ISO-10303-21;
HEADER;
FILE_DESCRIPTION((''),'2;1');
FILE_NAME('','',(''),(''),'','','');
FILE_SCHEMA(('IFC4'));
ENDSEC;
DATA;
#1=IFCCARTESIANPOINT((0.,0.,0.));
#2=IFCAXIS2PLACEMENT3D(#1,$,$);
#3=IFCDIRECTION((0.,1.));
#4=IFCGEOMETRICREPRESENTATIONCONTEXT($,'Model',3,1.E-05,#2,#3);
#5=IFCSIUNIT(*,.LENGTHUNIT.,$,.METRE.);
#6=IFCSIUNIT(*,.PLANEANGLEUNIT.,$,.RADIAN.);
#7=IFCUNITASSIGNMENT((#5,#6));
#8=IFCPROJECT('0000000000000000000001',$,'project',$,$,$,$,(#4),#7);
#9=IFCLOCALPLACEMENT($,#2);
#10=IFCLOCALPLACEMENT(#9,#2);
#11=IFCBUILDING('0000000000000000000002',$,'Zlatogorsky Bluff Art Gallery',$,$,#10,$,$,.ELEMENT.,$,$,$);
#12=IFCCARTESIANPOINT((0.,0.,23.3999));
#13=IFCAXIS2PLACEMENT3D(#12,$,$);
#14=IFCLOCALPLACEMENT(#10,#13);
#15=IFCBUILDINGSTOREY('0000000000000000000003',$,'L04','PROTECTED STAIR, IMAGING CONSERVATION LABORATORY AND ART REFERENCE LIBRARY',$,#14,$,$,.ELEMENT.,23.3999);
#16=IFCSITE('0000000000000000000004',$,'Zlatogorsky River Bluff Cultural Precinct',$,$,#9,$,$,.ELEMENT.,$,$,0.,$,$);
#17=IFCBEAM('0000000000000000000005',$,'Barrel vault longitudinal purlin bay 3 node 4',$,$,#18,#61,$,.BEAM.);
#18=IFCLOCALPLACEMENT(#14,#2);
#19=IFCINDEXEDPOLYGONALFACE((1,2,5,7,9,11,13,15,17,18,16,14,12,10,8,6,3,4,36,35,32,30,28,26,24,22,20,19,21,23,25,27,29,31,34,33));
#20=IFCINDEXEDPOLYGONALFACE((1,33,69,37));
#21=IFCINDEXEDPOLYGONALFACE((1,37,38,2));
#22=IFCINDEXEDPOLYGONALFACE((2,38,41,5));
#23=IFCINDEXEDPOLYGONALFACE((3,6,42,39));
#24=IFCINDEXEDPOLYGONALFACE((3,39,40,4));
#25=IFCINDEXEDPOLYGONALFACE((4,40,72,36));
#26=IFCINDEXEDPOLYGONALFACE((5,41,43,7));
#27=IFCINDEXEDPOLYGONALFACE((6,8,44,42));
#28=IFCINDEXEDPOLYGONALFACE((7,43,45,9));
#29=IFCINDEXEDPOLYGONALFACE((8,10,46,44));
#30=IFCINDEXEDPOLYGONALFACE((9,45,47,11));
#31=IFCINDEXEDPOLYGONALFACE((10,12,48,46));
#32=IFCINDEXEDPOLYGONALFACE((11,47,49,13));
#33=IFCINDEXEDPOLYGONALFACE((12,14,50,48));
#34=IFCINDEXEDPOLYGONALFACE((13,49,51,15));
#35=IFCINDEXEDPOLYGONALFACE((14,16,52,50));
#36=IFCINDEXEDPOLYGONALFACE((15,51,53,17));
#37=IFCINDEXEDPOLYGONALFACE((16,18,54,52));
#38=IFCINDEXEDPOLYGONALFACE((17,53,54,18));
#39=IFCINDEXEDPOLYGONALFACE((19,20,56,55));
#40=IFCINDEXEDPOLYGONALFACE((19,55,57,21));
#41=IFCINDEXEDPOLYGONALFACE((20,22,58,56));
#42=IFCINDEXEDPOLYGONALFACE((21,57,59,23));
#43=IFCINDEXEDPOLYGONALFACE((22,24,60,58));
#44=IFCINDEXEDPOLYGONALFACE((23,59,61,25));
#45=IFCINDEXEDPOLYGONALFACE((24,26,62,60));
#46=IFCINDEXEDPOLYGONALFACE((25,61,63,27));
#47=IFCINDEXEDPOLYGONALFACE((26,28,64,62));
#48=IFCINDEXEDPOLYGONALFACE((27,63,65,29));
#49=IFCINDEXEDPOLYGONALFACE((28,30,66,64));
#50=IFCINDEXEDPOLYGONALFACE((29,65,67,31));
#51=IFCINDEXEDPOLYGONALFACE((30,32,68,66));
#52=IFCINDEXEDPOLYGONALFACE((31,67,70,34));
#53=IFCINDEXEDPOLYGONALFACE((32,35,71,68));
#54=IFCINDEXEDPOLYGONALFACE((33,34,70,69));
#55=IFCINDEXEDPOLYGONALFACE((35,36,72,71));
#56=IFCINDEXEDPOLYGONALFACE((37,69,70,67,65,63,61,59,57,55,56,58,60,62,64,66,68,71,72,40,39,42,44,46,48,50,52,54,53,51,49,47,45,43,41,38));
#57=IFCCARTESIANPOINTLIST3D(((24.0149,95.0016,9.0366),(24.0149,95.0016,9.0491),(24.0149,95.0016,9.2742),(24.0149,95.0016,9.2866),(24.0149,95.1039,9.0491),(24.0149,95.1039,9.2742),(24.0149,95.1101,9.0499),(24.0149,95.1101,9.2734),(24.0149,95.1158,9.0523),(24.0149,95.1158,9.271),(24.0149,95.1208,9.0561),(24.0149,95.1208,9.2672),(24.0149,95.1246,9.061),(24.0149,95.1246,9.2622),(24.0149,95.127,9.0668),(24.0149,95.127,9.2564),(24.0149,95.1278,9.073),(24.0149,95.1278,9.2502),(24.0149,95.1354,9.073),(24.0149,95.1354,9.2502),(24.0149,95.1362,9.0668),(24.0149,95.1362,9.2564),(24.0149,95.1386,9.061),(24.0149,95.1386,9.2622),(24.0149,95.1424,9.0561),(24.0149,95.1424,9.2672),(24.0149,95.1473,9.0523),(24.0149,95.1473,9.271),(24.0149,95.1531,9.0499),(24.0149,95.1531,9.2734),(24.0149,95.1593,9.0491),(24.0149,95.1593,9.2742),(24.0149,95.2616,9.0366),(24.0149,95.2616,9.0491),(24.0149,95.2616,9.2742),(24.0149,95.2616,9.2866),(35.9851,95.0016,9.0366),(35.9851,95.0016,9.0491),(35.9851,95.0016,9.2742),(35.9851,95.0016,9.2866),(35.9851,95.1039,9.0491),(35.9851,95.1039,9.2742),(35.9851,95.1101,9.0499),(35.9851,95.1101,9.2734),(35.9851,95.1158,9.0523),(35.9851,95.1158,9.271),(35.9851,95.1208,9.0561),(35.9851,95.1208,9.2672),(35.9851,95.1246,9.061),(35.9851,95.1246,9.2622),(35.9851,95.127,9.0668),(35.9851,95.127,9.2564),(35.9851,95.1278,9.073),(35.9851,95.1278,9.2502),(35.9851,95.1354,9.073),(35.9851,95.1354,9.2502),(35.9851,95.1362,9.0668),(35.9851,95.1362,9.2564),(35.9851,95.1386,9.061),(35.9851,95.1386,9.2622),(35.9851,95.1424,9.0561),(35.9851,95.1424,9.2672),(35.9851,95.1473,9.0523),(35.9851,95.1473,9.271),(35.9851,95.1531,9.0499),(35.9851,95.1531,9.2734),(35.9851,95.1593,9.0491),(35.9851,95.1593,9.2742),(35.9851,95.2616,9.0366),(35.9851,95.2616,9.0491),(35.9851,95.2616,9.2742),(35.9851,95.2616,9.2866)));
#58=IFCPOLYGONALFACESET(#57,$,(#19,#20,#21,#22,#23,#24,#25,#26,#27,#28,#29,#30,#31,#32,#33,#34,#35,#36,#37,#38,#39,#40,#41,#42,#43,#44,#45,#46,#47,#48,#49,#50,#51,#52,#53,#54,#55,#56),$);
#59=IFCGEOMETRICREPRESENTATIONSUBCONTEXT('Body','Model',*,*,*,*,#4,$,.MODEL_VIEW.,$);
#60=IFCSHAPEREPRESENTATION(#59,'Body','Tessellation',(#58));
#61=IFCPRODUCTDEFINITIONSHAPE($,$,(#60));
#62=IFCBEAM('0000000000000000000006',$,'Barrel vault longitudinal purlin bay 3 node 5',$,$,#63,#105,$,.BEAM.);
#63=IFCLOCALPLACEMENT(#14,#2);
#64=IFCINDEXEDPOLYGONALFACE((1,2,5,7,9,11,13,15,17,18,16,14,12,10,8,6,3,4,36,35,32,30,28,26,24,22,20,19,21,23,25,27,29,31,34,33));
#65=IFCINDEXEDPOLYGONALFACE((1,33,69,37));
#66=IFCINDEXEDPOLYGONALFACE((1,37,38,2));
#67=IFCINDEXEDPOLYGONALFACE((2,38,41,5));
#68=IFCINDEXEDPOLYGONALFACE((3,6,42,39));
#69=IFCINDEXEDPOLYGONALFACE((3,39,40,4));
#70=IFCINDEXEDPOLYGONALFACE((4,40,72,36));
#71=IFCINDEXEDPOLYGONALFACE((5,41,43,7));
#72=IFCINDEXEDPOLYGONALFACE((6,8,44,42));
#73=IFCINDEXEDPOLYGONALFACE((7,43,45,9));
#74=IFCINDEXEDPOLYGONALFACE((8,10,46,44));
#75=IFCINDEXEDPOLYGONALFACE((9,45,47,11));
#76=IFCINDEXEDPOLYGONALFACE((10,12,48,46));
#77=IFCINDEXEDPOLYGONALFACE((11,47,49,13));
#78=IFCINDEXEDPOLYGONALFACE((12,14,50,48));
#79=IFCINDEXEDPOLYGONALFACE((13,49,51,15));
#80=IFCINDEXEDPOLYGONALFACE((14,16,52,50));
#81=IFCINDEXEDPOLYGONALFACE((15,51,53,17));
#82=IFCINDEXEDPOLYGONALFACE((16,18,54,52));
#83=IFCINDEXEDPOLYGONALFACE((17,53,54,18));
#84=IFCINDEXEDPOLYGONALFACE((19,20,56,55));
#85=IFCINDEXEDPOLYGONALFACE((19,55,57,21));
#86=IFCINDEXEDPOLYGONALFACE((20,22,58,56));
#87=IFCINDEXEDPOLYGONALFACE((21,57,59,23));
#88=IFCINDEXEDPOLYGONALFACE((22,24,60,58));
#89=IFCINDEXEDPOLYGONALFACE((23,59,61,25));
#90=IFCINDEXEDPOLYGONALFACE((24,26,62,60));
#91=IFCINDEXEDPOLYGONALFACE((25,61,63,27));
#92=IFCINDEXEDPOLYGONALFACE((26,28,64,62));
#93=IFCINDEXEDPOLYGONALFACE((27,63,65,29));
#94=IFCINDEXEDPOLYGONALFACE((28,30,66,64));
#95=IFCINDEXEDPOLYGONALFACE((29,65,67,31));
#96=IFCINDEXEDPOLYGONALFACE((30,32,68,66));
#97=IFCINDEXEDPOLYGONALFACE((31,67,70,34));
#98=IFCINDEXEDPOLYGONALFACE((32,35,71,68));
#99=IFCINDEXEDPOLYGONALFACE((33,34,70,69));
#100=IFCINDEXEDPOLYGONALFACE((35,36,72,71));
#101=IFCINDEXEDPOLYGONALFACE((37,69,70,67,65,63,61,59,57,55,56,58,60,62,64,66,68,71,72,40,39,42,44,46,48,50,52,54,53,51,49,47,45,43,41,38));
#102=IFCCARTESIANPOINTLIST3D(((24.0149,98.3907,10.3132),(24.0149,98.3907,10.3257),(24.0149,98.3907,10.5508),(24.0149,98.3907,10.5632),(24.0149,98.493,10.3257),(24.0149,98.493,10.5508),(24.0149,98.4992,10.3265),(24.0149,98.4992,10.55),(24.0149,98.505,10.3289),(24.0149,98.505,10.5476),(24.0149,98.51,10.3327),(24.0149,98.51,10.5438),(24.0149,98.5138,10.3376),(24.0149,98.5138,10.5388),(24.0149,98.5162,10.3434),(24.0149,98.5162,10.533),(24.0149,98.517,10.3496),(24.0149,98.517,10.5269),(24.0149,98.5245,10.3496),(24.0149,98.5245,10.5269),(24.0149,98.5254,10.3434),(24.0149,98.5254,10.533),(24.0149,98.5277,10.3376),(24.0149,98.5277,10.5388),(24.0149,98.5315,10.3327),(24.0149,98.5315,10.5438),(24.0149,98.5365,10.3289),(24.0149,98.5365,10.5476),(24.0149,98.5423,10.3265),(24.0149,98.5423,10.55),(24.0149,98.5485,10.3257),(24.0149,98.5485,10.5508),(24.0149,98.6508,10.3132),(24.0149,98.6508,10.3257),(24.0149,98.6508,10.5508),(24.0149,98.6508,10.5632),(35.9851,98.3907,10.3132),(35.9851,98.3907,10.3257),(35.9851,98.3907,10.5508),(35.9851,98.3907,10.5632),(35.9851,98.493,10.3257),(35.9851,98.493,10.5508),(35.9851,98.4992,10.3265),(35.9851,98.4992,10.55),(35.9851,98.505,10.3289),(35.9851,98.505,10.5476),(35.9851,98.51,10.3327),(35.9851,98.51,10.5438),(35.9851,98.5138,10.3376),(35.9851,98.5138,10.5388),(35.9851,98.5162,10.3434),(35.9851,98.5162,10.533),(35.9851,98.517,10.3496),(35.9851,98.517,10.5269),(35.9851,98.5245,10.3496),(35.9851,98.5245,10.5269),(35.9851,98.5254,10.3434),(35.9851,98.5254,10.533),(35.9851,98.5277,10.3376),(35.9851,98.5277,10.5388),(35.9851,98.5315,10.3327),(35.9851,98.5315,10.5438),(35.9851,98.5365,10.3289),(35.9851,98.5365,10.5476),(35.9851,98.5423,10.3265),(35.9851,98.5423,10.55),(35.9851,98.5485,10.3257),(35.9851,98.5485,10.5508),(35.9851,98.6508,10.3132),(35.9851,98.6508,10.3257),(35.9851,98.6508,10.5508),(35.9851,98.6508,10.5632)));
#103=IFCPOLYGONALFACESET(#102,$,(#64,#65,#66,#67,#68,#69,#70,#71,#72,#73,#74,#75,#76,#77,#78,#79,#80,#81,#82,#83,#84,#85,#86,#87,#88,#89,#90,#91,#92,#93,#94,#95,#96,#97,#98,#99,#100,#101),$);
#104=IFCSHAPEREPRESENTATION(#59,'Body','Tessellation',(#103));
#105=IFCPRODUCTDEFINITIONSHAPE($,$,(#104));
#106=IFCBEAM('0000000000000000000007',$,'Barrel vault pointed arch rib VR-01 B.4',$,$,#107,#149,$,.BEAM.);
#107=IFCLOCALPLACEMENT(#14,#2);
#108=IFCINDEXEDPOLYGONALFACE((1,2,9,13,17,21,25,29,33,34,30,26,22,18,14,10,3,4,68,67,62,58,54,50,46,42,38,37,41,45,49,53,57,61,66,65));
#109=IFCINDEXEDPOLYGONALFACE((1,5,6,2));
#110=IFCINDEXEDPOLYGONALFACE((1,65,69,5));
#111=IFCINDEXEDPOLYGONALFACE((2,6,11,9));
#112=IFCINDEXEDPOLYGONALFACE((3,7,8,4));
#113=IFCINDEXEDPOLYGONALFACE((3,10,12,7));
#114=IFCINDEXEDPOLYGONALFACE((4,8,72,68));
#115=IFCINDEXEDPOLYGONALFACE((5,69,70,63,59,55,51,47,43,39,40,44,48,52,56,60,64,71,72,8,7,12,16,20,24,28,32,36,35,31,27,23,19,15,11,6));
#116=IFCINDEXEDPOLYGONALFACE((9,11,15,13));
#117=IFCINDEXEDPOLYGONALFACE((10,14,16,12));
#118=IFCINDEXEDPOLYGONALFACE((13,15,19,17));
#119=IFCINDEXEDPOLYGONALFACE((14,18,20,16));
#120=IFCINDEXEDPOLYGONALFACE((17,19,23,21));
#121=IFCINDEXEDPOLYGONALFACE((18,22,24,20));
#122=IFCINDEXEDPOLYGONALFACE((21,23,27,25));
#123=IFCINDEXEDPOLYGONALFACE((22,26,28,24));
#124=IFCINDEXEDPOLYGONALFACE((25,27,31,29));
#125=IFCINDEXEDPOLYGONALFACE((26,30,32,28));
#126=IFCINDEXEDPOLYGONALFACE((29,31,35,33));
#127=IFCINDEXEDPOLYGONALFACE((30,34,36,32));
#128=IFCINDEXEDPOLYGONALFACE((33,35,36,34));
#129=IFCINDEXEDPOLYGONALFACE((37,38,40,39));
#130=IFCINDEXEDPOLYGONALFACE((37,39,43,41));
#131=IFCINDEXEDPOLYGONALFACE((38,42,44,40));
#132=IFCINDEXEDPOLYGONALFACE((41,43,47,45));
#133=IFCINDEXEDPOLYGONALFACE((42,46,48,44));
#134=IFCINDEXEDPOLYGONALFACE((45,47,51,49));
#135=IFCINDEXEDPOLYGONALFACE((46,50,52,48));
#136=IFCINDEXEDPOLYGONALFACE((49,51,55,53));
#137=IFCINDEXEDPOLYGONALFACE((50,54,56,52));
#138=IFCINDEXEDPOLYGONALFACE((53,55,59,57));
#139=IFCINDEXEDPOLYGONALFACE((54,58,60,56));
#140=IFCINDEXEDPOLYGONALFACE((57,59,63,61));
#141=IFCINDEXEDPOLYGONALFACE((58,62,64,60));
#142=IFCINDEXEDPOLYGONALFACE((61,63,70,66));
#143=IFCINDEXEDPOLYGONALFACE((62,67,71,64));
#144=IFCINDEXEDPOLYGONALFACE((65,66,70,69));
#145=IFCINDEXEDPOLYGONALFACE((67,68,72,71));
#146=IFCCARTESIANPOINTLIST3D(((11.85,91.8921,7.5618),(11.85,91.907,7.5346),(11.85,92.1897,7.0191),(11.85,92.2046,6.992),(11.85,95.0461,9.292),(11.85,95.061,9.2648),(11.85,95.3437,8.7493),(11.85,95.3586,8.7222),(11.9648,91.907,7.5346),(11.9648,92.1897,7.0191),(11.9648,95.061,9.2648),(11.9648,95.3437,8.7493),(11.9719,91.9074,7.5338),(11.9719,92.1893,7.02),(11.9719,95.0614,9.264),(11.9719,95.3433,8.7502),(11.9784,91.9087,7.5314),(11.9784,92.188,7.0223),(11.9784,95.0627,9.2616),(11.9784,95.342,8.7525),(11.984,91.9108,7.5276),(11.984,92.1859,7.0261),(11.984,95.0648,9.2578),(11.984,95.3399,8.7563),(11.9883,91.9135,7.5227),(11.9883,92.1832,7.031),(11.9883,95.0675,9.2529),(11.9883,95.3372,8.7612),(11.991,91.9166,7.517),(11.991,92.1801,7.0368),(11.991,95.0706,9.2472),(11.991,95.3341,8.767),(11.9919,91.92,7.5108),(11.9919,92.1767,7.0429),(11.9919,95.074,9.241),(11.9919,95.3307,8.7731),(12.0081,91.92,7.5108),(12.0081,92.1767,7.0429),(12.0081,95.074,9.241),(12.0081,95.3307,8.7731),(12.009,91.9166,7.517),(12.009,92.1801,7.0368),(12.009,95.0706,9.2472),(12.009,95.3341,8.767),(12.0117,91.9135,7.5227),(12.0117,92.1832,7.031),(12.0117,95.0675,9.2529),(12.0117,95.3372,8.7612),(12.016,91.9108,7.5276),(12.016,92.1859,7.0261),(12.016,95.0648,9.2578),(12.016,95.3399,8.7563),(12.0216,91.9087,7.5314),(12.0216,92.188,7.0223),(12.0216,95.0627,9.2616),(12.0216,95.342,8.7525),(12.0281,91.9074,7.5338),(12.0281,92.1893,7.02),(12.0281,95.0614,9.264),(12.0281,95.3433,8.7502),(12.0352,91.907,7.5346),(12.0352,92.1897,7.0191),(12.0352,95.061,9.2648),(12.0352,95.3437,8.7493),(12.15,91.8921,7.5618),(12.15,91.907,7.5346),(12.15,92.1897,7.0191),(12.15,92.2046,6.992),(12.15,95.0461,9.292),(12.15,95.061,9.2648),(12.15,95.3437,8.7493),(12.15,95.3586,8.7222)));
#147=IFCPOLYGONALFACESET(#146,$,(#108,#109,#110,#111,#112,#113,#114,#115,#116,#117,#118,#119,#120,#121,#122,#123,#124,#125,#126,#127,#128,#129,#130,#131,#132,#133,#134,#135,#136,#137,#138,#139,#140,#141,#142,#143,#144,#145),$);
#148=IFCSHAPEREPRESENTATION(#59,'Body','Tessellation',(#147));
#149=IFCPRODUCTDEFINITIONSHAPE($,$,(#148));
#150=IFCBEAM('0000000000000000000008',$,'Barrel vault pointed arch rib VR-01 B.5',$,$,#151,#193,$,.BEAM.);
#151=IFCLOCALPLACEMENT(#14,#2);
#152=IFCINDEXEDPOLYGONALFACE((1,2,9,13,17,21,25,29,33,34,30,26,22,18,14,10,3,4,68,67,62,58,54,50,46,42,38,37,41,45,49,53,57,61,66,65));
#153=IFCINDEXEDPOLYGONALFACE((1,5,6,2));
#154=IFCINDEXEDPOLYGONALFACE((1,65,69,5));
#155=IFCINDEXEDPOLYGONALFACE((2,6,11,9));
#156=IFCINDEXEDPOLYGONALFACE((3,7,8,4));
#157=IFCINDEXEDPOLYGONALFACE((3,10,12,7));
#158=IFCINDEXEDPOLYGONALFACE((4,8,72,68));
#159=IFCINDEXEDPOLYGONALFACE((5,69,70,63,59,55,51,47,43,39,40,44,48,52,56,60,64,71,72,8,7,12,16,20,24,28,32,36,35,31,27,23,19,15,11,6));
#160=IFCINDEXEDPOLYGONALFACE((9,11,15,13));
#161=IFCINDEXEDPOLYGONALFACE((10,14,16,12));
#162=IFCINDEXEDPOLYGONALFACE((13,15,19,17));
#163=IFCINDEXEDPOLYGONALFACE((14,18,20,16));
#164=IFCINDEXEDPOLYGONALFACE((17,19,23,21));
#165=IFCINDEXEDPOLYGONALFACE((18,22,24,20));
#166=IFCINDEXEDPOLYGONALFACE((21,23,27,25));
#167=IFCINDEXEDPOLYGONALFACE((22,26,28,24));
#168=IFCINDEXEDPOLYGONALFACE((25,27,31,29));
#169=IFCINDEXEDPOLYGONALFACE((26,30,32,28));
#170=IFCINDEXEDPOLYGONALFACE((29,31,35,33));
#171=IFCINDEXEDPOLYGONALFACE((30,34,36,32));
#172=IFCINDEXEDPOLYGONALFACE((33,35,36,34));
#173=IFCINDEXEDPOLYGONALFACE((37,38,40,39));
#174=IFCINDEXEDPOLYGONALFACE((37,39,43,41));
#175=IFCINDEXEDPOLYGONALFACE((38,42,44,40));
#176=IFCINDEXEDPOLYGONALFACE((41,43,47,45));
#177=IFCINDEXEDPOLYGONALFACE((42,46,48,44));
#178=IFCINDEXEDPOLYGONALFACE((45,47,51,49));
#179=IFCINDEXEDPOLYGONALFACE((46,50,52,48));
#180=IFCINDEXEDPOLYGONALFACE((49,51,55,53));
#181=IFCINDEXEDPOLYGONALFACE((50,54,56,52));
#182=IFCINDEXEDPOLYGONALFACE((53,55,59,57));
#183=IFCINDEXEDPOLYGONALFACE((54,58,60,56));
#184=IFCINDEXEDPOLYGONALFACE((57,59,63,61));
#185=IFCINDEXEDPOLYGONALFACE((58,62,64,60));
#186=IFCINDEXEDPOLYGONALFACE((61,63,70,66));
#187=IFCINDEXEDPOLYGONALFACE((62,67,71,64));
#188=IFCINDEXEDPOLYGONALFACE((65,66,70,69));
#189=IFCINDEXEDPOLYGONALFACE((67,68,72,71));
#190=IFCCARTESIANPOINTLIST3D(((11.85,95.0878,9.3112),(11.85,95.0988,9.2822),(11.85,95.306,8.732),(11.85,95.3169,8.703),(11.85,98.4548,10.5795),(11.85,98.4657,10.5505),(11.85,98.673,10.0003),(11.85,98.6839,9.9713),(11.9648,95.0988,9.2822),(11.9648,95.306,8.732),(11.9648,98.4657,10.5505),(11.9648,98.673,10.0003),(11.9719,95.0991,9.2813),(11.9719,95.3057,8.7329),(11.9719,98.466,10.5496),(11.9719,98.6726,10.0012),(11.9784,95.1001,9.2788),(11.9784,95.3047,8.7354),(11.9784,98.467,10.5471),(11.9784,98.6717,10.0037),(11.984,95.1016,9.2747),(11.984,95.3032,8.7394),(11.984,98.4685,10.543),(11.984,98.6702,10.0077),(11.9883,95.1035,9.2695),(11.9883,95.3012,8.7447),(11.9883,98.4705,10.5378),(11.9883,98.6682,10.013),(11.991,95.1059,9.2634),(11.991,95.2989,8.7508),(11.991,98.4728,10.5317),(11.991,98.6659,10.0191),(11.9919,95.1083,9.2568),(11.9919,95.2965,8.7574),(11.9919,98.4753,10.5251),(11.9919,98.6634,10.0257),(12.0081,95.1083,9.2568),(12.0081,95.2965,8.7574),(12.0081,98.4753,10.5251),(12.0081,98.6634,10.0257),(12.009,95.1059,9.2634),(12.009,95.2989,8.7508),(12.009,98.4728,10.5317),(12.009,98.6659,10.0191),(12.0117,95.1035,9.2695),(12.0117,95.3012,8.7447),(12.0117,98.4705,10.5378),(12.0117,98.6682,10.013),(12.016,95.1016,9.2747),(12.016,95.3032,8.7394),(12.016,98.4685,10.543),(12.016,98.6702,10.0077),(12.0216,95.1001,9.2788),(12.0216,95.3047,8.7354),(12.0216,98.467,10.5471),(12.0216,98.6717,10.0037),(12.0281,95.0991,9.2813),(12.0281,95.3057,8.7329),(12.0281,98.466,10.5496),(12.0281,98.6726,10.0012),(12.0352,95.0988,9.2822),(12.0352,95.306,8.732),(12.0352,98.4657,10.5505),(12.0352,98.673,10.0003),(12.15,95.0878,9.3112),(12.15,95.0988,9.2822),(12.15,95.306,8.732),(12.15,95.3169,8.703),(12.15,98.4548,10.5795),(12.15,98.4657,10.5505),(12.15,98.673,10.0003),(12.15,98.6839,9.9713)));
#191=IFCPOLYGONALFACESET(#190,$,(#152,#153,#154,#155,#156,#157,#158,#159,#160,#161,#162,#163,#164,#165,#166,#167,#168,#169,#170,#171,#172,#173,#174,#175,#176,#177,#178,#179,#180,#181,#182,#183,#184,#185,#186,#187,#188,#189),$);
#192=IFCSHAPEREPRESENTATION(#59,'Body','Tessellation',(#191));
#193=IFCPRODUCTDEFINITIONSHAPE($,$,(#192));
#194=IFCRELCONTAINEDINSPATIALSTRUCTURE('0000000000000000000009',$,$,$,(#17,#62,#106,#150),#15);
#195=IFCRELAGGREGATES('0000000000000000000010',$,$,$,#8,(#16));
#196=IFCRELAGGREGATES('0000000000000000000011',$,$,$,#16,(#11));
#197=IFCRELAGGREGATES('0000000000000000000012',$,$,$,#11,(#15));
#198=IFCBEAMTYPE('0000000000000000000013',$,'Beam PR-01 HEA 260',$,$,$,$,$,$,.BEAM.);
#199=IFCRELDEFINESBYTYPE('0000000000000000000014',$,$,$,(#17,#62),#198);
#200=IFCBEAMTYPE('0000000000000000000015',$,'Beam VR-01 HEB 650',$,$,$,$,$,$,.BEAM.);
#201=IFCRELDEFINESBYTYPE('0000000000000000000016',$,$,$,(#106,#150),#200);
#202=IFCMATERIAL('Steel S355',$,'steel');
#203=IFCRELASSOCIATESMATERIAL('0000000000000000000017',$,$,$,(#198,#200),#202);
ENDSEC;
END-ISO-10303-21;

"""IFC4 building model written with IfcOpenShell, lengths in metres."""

from ifc_helpers import new_model, si_unit, direction, frame, origin, origin_2d, place, context, subcontext, project, spatial, i_section, extrude, material, material_profile, profile_set, type_object, element, save


model = new_model("IFC4")

# Units and contexts
model_context = context("Model", 3, precision=1e-05, world=origin(), true_north=direction((0.0, 1.0)))
body_context = subcontext(model_context, "Body", "Model", "MODEL_VIEW")
ifc_project = project(units=[si_unit("LENGTHUNIT", "METRE"), si_unit("PLANEANGLEUNIT", "RADIAN")], contexts=[model_context])

# Site, building, storey
site_placement = place(None, origin())
site = spatial("IfcSite", under=ifc_project, at=site_placement, Name="Zlatogorsky River Bluff Cultural Precinct", CompositionType="ELEMENT", RefElevation=0.0)
building_placement = place(site_placement, origin())
building = spatial("IfcBuilding", under=site, at=building_placement, Name="Zlatogorsky Bluff Art Gallery", CompositionType="ELEMENT")
storey_placement = place(building_placement, frame((0.0, 0.0, 23.3999)))
storey = spatial("IfcBuildingStorey", under=building, at=storey_placement, Name="L04", Description="PROTECTED STAIR, IMAGING CONSERVATION LABORATORY AND ART REFERENCE LIBRARY", CompositionType="ELEMENT", Elevation=23.3999)

# Beams
ifc_material_1 = material(Name="Steel S355", Category="steel")
ifc_material_profile_1 = material_profile(ifc_material_1, i_section(OverallWidth=0.26, OverallDepth=0.25, WebThickness=0.0076, FlangeThickness=0.0125, FilletRadius=0.0239, at=origin_2d()), Name="HEA 260")
ifc_profile_set_1 = profile_set([ifc_material_profile_1], Name="Steel S355")
beam_type_1 = type_object("IfcBeamType", Name="Beam PR-01 HEA 260", PredefinedType="BEAM", material=ifc_profile_set_1)
for number, where, z_axis, x_axis, name in (
    (1, (24.0149, 95.1316, 9.1616), (1.0, 0.0, 0.0), (0.0, 1.0, 0.0), "Barrel vault longitudinal purlin bay 3 node 4"),
    (2, (24.0149, 98.5208, 10.4382), (1.0, 0.0, 0.0), (0.0, 1.0, 0.0), "Barrel vault longitudinal purlin bay 3 node 5"),
):
    element("IfcBeam", number, at=place(storey_placement, frame(where, z_axis=z_axis, x_axis=x_axis)), inside=storey, type_object=beam_type_1, Name=name, PredefinedType="BEAM", context=body_context, shape_type="SweptSolid", body=[
        extrude(i_section(OverallWidth=0.26, OverallDepth=0.25, WebThickness=0.0076, FlangeThickness=0.0125, FilletRadius=0.0239, at=origin_2d()), origin(), (0.0, 0.0, 1.0), 11.9702),
    ])
ifc_material_profile_2 = material_profile(ifc_material_1, i_section(OverallWidth=0.3, OverallDepth=0.6499, WebThickness=0.0161, FlangeThickness=0.031, FilletRadius=0.0271, at=origin_2d()), Name="HEB 650")
ifc_profile_set_2 = profile_set([ifc_material_profile_2], Name="Steel S355")
beam_type_2 = type_object("IfcBeamType", Name="Beam VR-01 HEB 650", PredefinedType="BEAM", material=ifc_profile_set_2)
beam_1_placement = place(storey_placement, frame((12.0, 92.0483, 7.2769), z_axis=(0.0, 0.876744, 0.480957), x_axis=(-1.0, 0.0, 0.0)))
element("IfcBeam", 3, at=beam_1_placement, inside=storey, type_object=beam_type_2, Name="Barrel vault pointed arch rib VR-01 B.4", PredefinedType="BEAM", context=body_context, shape_type="SweptSolid", body=[
    extrude(i_section(OverallWidth=0.3, OverallDepth=0.6499, WebThickness=0.0161, FlangeThickness=0.031, FilletRadius=0.0271, at=origin_2d()), origin(), (0.0, 0.0, 1.0), 3.5974),
])
beam_2_placement = place(storey_placement, frame((12.0, 95.2024, 9.0071), z_axis=(0.0, 0.935807, 0.352514), x_axis=(-1.0, 0.0, 0.0)))
element("IfcBeam", 4, at=beam_2_placement, inside=storey, type_object=beam_type_2, Name="Barrel vault pointed arch rib VR-01 B.5", PredefinedType="BEAM", context=body_context, shape_type="SweptSolid", body=[
    extrude(i_section(OverallWidth=0.3, OverallDepth=0.6499, WebThickness=0.0161, FlangeThickness=0.031, FilletRadius=0.0271, at=origin_2d()), origin(), (0.0, 0.0, 1.0), 3.5979),
])

save(model, "model.ifc")
